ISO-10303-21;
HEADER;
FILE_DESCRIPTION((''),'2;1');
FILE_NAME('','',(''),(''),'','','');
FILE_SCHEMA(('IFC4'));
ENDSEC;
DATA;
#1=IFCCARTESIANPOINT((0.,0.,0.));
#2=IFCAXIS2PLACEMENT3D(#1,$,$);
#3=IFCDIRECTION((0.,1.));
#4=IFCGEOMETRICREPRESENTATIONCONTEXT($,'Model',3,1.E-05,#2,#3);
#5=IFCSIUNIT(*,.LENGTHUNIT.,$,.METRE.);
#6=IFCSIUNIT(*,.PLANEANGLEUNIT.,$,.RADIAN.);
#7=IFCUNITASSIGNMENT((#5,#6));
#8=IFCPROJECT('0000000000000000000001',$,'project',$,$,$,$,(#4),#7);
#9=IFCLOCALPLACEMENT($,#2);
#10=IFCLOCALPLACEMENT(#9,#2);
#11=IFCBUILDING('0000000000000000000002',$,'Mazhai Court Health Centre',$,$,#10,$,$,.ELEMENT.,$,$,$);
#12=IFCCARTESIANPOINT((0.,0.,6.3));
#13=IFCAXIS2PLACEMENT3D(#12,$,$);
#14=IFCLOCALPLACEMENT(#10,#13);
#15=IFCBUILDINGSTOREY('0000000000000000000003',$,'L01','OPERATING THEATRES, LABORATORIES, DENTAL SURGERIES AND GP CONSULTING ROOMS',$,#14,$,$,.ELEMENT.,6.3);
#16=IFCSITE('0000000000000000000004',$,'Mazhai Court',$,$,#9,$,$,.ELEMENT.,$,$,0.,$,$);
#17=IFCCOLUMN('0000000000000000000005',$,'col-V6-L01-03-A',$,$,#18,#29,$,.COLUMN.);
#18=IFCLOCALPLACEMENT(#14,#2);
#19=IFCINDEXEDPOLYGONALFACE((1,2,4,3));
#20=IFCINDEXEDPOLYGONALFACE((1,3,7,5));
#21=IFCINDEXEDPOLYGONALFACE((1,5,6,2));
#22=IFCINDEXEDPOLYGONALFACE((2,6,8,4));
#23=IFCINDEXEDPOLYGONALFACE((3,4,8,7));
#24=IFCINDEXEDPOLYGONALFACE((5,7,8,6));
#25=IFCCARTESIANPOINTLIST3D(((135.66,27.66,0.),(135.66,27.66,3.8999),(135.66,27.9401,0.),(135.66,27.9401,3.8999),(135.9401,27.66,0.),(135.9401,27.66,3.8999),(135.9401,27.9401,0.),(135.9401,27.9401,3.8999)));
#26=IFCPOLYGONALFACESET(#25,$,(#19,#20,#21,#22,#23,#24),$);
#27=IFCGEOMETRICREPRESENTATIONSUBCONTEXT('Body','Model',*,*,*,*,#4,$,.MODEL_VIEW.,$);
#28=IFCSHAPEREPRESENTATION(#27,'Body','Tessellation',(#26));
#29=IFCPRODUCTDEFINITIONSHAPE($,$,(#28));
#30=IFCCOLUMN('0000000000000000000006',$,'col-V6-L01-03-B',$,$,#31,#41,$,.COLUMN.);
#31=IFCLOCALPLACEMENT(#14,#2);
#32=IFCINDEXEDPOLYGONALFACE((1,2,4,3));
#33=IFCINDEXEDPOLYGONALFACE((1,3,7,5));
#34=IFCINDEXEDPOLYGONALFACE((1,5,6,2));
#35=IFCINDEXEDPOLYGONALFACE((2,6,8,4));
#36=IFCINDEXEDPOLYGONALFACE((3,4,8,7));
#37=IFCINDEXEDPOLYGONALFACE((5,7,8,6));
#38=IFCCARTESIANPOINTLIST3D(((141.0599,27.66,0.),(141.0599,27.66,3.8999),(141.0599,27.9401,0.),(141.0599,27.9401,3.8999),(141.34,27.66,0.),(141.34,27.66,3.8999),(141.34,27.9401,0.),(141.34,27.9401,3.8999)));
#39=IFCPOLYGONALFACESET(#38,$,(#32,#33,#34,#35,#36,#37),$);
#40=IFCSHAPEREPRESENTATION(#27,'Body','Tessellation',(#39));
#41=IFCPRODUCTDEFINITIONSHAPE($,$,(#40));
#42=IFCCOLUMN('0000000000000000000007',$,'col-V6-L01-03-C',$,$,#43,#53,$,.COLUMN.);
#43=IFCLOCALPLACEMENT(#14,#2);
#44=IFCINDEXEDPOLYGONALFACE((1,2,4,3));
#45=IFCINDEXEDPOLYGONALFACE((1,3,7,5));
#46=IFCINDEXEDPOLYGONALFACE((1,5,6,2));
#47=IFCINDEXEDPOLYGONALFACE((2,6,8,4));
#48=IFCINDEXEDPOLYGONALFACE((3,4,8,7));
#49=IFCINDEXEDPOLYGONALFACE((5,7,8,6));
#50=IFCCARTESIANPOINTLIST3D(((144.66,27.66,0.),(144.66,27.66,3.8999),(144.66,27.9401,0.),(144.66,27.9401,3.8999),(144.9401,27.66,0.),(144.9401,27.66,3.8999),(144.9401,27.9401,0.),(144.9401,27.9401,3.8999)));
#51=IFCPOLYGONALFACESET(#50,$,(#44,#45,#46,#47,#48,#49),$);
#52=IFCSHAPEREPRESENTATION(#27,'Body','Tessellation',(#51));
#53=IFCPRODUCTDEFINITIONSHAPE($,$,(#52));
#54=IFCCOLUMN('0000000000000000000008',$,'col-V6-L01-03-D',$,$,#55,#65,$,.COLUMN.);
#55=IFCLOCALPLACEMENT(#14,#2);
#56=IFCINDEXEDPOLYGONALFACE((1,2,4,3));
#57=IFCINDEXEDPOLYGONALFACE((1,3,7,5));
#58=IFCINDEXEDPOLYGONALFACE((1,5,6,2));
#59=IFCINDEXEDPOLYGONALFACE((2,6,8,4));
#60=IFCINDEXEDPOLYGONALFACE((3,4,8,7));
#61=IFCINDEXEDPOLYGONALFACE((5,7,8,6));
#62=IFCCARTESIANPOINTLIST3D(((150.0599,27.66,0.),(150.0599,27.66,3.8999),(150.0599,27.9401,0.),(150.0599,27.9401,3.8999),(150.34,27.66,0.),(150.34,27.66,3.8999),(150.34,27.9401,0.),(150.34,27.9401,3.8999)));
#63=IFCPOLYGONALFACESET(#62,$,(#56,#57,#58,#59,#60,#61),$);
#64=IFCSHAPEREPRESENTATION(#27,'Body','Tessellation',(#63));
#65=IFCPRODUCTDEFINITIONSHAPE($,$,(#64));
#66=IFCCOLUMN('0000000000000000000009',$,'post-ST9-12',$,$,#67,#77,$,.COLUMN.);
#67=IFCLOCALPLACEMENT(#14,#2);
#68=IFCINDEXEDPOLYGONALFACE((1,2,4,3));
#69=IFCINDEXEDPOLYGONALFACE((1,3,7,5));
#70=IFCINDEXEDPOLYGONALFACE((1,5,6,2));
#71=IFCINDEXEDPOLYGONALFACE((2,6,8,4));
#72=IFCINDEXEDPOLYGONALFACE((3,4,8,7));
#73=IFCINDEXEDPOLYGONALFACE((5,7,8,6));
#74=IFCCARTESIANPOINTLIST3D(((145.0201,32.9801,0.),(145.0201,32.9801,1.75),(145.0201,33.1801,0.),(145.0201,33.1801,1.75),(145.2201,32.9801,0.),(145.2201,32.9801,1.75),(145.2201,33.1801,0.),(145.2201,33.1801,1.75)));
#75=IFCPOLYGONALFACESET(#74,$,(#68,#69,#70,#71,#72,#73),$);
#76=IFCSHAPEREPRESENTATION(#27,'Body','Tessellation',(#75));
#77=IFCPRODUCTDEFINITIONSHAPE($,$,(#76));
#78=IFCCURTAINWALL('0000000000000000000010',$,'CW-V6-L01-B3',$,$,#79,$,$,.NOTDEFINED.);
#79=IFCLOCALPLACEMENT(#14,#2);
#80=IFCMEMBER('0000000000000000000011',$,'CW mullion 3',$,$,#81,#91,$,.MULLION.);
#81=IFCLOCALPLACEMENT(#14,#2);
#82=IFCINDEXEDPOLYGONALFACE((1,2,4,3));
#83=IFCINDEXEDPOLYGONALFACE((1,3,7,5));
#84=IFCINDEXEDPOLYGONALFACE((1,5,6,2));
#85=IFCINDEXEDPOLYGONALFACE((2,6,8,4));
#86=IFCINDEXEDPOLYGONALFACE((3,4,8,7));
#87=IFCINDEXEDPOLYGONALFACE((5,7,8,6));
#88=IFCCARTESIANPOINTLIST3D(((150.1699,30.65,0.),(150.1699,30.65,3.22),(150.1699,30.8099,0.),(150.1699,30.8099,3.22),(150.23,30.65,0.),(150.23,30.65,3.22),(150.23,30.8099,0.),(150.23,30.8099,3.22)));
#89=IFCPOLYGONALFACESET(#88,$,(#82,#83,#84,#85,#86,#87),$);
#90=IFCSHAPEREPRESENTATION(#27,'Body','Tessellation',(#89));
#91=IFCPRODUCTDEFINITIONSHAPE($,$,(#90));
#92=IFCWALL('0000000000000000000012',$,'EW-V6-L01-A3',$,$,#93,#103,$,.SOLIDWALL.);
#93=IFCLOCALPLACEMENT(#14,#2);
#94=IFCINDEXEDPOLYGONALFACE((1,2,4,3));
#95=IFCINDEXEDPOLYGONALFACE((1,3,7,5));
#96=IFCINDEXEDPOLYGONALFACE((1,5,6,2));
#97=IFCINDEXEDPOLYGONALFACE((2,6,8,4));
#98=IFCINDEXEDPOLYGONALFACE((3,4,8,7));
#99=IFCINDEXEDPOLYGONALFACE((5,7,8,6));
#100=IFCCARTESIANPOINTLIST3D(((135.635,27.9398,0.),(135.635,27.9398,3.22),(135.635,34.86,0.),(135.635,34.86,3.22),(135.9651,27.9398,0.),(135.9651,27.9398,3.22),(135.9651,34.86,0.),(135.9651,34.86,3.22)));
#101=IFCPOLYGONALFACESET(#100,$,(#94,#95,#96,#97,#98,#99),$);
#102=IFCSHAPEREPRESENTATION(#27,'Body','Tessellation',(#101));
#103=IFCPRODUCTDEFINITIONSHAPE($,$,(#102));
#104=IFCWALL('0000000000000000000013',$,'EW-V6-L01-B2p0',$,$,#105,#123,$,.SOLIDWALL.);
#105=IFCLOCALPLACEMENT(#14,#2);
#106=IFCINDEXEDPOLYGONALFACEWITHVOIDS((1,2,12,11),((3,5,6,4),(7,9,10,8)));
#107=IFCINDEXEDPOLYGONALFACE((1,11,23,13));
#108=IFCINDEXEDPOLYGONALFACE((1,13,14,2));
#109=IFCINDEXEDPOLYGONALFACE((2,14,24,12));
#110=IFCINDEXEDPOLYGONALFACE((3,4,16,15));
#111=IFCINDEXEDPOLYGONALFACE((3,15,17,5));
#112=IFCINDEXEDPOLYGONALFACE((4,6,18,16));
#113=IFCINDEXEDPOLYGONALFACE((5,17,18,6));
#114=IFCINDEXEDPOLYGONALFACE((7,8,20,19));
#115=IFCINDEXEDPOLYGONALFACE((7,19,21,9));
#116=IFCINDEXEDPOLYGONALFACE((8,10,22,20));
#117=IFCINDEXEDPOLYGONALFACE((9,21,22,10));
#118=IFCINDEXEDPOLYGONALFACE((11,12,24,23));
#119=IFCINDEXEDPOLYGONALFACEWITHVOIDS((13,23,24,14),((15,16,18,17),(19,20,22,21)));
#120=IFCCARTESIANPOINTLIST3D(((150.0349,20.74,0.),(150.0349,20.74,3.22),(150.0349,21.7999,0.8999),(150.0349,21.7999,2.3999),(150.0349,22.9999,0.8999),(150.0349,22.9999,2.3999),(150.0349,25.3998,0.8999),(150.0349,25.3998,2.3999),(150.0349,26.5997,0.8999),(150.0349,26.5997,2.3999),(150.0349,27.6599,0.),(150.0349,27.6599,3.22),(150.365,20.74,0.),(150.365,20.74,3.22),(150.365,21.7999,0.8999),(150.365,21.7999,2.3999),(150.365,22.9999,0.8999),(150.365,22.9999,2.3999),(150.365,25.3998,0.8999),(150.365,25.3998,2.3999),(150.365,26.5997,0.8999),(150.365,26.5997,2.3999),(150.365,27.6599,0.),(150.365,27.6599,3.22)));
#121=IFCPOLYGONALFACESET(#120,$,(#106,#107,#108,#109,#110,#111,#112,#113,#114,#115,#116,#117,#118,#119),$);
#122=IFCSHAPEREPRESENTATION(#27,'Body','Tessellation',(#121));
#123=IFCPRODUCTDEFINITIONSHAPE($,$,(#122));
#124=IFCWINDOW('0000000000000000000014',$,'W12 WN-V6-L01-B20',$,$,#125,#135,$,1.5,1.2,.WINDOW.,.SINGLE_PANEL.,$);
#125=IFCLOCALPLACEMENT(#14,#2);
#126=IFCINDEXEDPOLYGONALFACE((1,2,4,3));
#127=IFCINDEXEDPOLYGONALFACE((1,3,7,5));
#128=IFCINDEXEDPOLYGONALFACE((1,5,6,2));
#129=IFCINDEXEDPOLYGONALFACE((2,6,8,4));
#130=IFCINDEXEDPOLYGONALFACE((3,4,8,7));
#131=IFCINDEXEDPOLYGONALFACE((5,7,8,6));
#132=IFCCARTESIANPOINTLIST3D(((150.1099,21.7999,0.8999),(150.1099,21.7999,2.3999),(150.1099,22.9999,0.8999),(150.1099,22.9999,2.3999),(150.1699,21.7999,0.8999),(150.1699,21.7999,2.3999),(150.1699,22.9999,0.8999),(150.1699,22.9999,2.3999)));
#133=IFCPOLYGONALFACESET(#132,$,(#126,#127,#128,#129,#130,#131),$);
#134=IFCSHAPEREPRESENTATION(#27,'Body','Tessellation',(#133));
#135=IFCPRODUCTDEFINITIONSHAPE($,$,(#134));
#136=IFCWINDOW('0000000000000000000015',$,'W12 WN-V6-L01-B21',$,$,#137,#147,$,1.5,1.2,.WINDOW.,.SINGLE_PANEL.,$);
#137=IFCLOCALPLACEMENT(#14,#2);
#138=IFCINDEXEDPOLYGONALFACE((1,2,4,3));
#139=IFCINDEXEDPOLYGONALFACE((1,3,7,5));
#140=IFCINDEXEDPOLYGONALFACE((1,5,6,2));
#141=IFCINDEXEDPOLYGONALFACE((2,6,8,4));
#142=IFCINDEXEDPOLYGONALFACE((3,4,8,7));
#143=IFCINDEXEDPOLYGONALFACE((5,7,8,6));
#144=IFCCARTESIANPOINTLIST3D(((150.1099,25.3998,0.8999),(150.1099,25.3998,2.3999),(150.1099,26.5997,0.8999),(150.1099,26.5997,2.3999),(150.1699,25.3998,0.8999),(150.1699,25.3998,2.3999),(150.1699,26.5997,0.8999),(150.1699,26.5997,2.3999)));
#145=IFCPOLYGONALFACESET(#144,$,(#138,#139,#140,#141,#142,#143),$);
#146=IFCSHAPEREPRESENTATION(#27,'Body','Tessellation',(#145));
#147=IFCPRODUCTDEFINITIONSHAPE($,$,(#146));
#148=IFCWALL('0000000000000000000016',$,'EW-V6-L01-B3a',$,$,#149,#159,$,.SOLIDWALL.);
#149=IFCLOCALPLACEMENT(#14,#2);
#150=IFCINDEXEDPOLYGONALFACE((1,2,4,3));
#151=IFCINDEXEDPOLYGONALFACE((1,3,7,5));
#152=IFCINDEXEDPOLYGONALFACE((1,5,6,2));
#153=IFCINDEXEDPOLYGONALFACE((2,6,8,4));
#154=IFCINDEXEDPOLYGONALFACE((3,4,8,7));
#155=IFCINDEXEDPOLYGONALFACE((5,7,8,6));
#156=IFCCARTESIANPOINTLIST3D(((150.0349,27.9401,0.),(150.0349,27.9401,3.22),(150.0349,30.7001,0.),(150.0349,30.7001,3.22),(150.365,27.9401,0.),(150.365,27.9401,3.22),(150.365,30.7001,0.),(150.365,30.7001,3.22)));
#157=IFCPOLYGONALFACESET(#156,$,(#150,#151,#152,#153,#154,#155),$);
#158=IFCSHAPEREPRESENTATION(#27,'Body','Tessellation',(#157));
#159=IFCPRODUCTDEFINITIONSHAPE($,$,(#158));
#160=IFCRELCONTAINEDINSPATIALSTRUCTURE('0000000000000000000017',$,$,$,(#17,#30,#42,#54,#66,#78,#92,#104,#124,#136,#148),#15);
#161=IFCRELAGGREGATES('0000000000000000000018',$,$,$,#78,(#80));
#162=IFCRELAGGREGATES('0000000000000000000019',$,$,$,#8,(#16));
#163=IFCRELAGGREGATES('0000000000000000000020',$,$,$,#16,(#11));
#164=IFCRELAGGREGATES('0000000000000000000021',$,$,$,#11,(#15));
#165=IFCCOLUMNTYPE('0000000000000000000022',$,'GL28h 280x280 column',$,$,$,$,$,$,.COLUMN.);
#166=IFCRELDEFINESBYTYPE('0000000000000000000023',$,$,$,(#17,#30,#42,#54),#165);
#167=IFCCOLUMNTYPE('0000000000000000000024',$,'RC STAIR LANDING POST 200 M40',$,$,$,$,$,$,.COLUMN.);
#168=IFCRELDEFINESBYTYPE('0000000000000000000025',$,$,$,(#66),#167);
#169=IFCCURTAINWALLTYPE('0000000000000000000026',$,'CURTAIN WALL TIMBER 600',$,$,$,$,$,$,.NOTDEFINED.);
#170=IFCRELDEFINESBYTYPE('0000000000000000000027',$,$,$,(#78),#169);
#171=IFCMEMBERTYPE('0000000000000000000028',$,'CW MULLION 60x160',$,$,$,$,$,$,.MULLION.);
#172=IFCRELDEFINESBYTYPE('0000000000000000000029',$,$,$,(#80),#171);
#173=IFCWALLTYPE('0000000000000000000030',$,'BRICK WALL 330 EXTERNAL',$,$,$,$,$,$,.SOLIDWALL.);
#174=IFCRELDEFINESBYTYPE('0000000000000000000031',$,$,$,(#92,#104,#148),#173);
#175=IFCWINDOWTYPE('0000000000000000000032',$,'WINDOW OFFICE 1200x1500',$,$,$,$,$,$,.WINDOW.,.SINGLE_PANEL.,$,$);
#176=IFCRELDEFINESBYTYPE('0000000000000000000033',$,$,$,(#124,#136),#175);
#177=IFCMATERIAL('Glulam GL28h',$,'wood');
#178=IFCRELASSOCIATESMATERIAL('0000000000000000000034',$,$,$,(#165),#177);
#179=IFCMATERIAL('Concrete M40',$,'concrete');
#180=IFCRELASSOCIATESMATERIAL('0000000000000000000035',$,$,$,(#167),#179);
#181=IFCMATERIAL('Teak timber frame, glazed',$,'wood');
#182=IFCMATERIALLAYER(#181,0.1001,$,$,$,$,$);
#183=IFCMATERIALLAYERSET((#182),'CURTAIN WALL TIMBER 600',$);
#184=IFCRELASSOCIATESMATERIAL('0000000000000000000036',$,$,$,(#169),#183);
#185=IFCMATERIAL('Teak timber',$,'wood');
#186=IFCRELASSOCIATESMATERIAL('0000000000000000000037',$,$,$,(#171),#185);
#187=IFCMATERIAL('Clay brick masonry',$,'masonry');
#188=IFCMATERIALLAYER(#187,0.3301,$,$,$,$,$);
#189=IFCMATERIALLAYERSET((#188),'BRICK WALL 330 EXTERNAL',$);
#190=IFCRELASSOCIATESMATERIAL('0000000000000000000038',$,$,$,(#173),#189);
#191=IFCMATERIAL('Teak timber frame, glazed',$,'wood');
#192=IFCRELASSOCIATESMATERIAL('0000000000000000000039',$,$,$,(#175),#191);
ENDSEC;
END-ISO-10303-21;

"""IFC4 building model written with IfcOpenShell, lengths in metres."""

from ifc_helpers import new_model, si_unit, direction, frame, frame_2d, origin, origin_2d, place, context, subcontext, project, spatial, rectangle, extrude, material, layer, layer_set, material_profile, profile_set, type_object, element, fill, aggregate, save


model = new_model("IFC4")

# Units and contexts
model_context = context("Model", 3, precision=1e-05, world=origin(), true_north=direction((0.0, 1.0)))
body_context = subcontext(model_context, "Body", "Model", "MODEL_VIEW")
ifc_project = project(units=[si_unit("LENGTHUNIT", "METRE"), si_unit("PLANEANGLEUNIT", "RADIAN")], contexts=[model_context])

# Site, building, storey
site_placement = place(None, origin())
site = spatial("IfcSite", under=ifc_project, at=site_placement, Name="Mazhai Court", CompositionType="ELEMENT", RefElevation=0.0)
building_placement = place(site_placement, origin())
building = spatial("IfcBuilding", under=site, at=building_placement, Name="Mazhai Court Health Centre", CompositionType="ELEMENT")
storey_placement = place(building_placement, frame((0.0, 0.0, 6.3)))
storey = spatial("IfcBuildingStorey", under=building, at=storey_placement, Name="L01", Description="OPERATING THEATRES, LABORATORIES, DENTAL SURGERIES AND GP CONSULTING ROOMS", CompositionType="ELEMENT", Elevation=6.3)

# Columns
ifc_material_1 = material(Name="Glulam GL28h", Category="wood")
ifc_material_profile_1 = material_profile(ifc_material_1, rectangle(XDim=0.28, YDim=0.28, at=origin_2d()), Name="GL28h 280x280")
ifc_profile_set_1 = profile_set([ifc_material_profile_1], Name="Glulam GL28h")
column_type_1 = type_object("IfcColumnType", Name="GL28h 280x280 column", PredefinedType="COLUMN", material=ifc_profile_set_1)
for number, where, z_axis, x_axis, name in (
    (1, (135.8, 27.8, 0.0), (0.0, 0.0, 1.0), (1.0, 0.0, 0.0), "col-V6-L01-03-A"),
    (2, (141.2, 27.8, 0.0), (0.0, 0.0, 1.0), (1.0, 0.0, 0.0), "col-V6-L01-03-B"),
    (3, (144.8, 27.8, 0.0), (0.0, 0.0, 1.0), (1.0, 0.0, 0.0), "col-V6-L01-03-C"),
    (4, (150.2, 27.8, 0.0), (0.0, 0.0, 1.0), (1.0, 0.0, 0.0), "col-V6-L01-03-D"),
):
    element("IfcColumn", number, at=place(storey_placement, frame(where, z_axis=z_axis, x_axis=x_axis)), inside=storey, type_object=column_type_1, Name=name, PredefinedType="COLUMN", context=body_context, shape_type="SweptSolid", body=[
        extrude(rectangle(XDim=0.28, YDim=0.28, at=origin_2d()), origin(), (0.0, 0.0, 1.0), 3.8999),
    ])
ifc_material_2 = material(Name="Concrete M40", Category="concrete")
ifc_material_profile_2 = material_profile(ifc_material_2, rectangle(XDim=0.2, YDim=0.2, at=origin_2d()), Name="RC 200x200")
ifc_profile_set_2 = profile_set([ifc_material_profile_2], Name="Concrete M40")
column_type_2 = type_object("IfcColumnType", Name="RC STAIR LANDING POST 200 M40", PredefinedType="COLUMN", material=ifc_profile_set_2)
column_placement = place(storey_placement, frame((145.1201, 33.0801, 0.0), z_axis=(0.0, 0.0, 1.0), x_axis=(1.0, 0.0, 0.0)))
element("IfcColumn", 5, at=column_placement, inside=storey, type_object=column_type_2, Name="post-ST9-12", PredefinedType="COLUMN", context=body_context, shape_type="SweptSolid", body=[
    extrude(rectangle(XDim=0.2, YDim=0.2, at=origin_2d()), origin(), (0.0, 0.0, 1.0), 1.75),
])

# Curtain wall, member
ifc_material_3 = material(Name="Teak timber frame, glazed", Category="wood")
ifc_layer_1 = layer(ifc_material_3, 0.1001)
ifc_layer_set_1 = layer_set([ifc_layer_1], Name="CURTAIN WALL TIMBER 600")
curtain_wall_type = type_object("IfcCurtainWallType", Name="CURTAIN WALL TIMBER 600", PredefinedType="NOTDEFINED", material=ifc_layer_set_1)
curtain_wall_placement = place(storey_placement, origin())
curtain_wall = element("IfcCurtainWall", 6, at=curtain_wall_placement, inside=storey, type_object=curtain_wall_type, Name="CW-V6-L01-B3", PredefinedType="NOTDEFINED")
ifc_material_4 = material(Name="Teak timber", Category="wood")
ifc_material_profile_3 = material_profile(ifc_material_4, rectangle(XDim=0.0601, YDim=0.1599, at=origin_2d()), Name="CW MULLION 60x160")
ifc_profile_set_3 = profile_set([ifc_material_profile_3], Name="Teak timber")
member_type = type_object("IfcMemberType", Name="CW MULLION 60x160", PredefinedType="MULLION", material=ifc_profile_set_3)
member_placement = place(storey_placement, frame((150.2, 30.73, 0.0), z_axis=(0.0, 0.0, 1.0), x_axis=(1.0, 0.0, 0.0)))
member = element("IfcMember", 7, at=member_placement, type_object=member_type, Name="CW mullion 3", PredefinedType="MULLION", context=body_context, shape_type="SweptSolid", body=[
    extrude(rectangle(XDim=0.0601, YDim=0.1599, at=origin_2d()), origin(), (0.0, 0.0, 1.0), 3.22),
])
aggregate(curtain_wall, [member])

# Wall
ifc_material_5 = material(Name="Clay brick masonry", Category="masonry")
ifc_layer_2 = layer(ifc_material_5, 0.3301)
ifc_layer_set_2 = layer_set([ifc_layer_2], Name="BRICK WALL 330 EXTERNAL")
wall_type_1 = type_object("IfcWallType", Name="BRICK WALL 330 EXTERNAL", PredefinedType="SOLIDWALL", material=ifc_layer_set_2)
wall_1_placement = place(storey_placement, frame((135.8, 27.9399, 0.0), z_axis=(0.0, 0.0, 1.0), x_axis=(0.0, 1.0, 0.0)))
element("IfcWall", 8, at=wall_1_placement, inside=storey, type_object=wall_type_1, Name="EW-V6-L01-A3", PredefinedType="SOLIDWALL", context=body_context, shape_type="SweptSolid", body=[
    extrude(rectangle(XDim=6.9202, YDim=0.3301, at=frame_2d((3.46, 0.0))), origin(), (0.0, 0.0, 1.0), 3.22),
])

# Wall, openings, windows
wall_2_placement = place(storey_placement, frame((150.2, 27.6599, 0.0), z_axis=(0.0, 0.0, 1.0), x_axis=(0.0, -1.0, 0.0)))
wall_2 = element("IfcWall", 9, at=wall_2_placement, inside=storey, type_object=wall_type_1, Name="EW-V6-L01-B2p0", PredefinedType="SOLIDWALL", context=body_context, shape_type="SweptSolid", body=[
    extrude(rectangle(XDim=6.9199, YDim=0.3301, at=frame_2d((3.46, 0.0))), origin(), (0.0, 0.0, 1.0), 3.22),
])
opening_1_placement = place(wall_2_placement, frame((4.6599, 0.0, 0.8999)))
opening_1 = element("IfcOpeningElement", 10, at=opening_1_placement, cuts=wall_2, PredefinedType="OPENING", context=body_context, shape_type="SweptSolid", body=[
    extrude(rectangle(XDim=1.2, YDim=1.5, at=frame_2d((0.6001, 0.75))), frame((0.0, 0.175, 0.0), z_axis=(0.0, -1.0, 0.0), x_axis=(1.0, 0.0, 0.0)), (0.0, 0.0, 1.0), 0.3501),
])
opening_2_placement = place(wall_2_placement, frame((1.0601, 0.0, 0.8999)))
opening_2 = element("IfcOpeningElement", 11, at=opening_2_placement, cuts=wall_2, PredefinedType="OPENING", context=body_context, shape_type="SweptSolid", body=[
    extrude(rectangle(XDim=1.2, YDim=1.5, at=frame_2d((0.6001, 0.75))), frame((0.0, 0.175, 0.0), z_axis=(0.0, -1.0, 0.0), x_axis=(1.0, 0.0, 0.0)), (0.0, 0.0, 1.0), 0.3501),
])
ifc_material_6 = material(Name="Teak timber frame, glazed", Category="wood")
window_type = type_object("IfcWindowType", Name="WINDOW OFFICE 1200x1500", PartitioningType="SINGLE_PANEL", PredefinedType="WINDOW", material=ifc_material_6)
window_1_placement = place(opening_1_placement, origin())
window_1 = element("IfcWindow", 12, at=window_1_placement, inside=storey, type_object=window_type, Name="W12 WN-V6-L01-B20", OverallHeight=1.5, OverallWidth=1.2, PartitioningType="SINGLE_PANEL", PredefinedType="WINDOW", context=body_context, shape_type="SweptSolid", body=[
    extrude(rectangle(XDim=1.2, YDim=1.5, at=frame_2d((0.6001, 0.75))), frame((0.0, -0.03, 0.0), z_axis=(0.0, -1.0, 0.0), x_axis=(1.0, 0.0, 0.0)), (0.0, 0.0, 1.0), 0.0601),
])
fill(opening_1, window_1)
window_2_placement = place(opening_2_placement, origin())
window_2 = element("IfcWindow", 13, at=window_2_placement, inside=storey, type_object=window_type, Name="W12 WN-V6-L01-B21", OverallHeight=1.5, OverallWidth=1.2, PartitioningType="SINGLE_PANEL", PredefinedType="WINDOW", context=body_context, shape_type="SweptSolid", body=[
    extrude(rectangle(XDim=1.2, YDim=1.5, at=frame_2d((0.6001, 0.75))), frame((0.0, -0.03, 0.0), z_axis=(0.0, -1.0, 0.0), x_axis=(1.0, 0.0, 0.0)), (0.0, 0.0, 1.0), 0.0601),
])
fill(opening_2, window_2)

# Wall
wall_3_placement = place(storey_placement, frame((150.2, 30.7, 0.0), z_axis=(0.0, 0.0, 1.0), x_axis=(0.0, -1.0, 0.0)))
element("IfcWall", 14, at=wall_3_placement, inside=storey, type_object=wall_type_1, Name="EW-V6-L01-B3a", PredefinedType="SOLIDWALL", context=body_context, shape_type="SweptSolid", body=[
    extrude(rectangle(XDim=2.76, YDim=0.3301, at=frame_2d((1.3799, 0.0))), origin(), (0.0, 0.0, 1.0), 3.22),
])

save(model, "model.ifc")
